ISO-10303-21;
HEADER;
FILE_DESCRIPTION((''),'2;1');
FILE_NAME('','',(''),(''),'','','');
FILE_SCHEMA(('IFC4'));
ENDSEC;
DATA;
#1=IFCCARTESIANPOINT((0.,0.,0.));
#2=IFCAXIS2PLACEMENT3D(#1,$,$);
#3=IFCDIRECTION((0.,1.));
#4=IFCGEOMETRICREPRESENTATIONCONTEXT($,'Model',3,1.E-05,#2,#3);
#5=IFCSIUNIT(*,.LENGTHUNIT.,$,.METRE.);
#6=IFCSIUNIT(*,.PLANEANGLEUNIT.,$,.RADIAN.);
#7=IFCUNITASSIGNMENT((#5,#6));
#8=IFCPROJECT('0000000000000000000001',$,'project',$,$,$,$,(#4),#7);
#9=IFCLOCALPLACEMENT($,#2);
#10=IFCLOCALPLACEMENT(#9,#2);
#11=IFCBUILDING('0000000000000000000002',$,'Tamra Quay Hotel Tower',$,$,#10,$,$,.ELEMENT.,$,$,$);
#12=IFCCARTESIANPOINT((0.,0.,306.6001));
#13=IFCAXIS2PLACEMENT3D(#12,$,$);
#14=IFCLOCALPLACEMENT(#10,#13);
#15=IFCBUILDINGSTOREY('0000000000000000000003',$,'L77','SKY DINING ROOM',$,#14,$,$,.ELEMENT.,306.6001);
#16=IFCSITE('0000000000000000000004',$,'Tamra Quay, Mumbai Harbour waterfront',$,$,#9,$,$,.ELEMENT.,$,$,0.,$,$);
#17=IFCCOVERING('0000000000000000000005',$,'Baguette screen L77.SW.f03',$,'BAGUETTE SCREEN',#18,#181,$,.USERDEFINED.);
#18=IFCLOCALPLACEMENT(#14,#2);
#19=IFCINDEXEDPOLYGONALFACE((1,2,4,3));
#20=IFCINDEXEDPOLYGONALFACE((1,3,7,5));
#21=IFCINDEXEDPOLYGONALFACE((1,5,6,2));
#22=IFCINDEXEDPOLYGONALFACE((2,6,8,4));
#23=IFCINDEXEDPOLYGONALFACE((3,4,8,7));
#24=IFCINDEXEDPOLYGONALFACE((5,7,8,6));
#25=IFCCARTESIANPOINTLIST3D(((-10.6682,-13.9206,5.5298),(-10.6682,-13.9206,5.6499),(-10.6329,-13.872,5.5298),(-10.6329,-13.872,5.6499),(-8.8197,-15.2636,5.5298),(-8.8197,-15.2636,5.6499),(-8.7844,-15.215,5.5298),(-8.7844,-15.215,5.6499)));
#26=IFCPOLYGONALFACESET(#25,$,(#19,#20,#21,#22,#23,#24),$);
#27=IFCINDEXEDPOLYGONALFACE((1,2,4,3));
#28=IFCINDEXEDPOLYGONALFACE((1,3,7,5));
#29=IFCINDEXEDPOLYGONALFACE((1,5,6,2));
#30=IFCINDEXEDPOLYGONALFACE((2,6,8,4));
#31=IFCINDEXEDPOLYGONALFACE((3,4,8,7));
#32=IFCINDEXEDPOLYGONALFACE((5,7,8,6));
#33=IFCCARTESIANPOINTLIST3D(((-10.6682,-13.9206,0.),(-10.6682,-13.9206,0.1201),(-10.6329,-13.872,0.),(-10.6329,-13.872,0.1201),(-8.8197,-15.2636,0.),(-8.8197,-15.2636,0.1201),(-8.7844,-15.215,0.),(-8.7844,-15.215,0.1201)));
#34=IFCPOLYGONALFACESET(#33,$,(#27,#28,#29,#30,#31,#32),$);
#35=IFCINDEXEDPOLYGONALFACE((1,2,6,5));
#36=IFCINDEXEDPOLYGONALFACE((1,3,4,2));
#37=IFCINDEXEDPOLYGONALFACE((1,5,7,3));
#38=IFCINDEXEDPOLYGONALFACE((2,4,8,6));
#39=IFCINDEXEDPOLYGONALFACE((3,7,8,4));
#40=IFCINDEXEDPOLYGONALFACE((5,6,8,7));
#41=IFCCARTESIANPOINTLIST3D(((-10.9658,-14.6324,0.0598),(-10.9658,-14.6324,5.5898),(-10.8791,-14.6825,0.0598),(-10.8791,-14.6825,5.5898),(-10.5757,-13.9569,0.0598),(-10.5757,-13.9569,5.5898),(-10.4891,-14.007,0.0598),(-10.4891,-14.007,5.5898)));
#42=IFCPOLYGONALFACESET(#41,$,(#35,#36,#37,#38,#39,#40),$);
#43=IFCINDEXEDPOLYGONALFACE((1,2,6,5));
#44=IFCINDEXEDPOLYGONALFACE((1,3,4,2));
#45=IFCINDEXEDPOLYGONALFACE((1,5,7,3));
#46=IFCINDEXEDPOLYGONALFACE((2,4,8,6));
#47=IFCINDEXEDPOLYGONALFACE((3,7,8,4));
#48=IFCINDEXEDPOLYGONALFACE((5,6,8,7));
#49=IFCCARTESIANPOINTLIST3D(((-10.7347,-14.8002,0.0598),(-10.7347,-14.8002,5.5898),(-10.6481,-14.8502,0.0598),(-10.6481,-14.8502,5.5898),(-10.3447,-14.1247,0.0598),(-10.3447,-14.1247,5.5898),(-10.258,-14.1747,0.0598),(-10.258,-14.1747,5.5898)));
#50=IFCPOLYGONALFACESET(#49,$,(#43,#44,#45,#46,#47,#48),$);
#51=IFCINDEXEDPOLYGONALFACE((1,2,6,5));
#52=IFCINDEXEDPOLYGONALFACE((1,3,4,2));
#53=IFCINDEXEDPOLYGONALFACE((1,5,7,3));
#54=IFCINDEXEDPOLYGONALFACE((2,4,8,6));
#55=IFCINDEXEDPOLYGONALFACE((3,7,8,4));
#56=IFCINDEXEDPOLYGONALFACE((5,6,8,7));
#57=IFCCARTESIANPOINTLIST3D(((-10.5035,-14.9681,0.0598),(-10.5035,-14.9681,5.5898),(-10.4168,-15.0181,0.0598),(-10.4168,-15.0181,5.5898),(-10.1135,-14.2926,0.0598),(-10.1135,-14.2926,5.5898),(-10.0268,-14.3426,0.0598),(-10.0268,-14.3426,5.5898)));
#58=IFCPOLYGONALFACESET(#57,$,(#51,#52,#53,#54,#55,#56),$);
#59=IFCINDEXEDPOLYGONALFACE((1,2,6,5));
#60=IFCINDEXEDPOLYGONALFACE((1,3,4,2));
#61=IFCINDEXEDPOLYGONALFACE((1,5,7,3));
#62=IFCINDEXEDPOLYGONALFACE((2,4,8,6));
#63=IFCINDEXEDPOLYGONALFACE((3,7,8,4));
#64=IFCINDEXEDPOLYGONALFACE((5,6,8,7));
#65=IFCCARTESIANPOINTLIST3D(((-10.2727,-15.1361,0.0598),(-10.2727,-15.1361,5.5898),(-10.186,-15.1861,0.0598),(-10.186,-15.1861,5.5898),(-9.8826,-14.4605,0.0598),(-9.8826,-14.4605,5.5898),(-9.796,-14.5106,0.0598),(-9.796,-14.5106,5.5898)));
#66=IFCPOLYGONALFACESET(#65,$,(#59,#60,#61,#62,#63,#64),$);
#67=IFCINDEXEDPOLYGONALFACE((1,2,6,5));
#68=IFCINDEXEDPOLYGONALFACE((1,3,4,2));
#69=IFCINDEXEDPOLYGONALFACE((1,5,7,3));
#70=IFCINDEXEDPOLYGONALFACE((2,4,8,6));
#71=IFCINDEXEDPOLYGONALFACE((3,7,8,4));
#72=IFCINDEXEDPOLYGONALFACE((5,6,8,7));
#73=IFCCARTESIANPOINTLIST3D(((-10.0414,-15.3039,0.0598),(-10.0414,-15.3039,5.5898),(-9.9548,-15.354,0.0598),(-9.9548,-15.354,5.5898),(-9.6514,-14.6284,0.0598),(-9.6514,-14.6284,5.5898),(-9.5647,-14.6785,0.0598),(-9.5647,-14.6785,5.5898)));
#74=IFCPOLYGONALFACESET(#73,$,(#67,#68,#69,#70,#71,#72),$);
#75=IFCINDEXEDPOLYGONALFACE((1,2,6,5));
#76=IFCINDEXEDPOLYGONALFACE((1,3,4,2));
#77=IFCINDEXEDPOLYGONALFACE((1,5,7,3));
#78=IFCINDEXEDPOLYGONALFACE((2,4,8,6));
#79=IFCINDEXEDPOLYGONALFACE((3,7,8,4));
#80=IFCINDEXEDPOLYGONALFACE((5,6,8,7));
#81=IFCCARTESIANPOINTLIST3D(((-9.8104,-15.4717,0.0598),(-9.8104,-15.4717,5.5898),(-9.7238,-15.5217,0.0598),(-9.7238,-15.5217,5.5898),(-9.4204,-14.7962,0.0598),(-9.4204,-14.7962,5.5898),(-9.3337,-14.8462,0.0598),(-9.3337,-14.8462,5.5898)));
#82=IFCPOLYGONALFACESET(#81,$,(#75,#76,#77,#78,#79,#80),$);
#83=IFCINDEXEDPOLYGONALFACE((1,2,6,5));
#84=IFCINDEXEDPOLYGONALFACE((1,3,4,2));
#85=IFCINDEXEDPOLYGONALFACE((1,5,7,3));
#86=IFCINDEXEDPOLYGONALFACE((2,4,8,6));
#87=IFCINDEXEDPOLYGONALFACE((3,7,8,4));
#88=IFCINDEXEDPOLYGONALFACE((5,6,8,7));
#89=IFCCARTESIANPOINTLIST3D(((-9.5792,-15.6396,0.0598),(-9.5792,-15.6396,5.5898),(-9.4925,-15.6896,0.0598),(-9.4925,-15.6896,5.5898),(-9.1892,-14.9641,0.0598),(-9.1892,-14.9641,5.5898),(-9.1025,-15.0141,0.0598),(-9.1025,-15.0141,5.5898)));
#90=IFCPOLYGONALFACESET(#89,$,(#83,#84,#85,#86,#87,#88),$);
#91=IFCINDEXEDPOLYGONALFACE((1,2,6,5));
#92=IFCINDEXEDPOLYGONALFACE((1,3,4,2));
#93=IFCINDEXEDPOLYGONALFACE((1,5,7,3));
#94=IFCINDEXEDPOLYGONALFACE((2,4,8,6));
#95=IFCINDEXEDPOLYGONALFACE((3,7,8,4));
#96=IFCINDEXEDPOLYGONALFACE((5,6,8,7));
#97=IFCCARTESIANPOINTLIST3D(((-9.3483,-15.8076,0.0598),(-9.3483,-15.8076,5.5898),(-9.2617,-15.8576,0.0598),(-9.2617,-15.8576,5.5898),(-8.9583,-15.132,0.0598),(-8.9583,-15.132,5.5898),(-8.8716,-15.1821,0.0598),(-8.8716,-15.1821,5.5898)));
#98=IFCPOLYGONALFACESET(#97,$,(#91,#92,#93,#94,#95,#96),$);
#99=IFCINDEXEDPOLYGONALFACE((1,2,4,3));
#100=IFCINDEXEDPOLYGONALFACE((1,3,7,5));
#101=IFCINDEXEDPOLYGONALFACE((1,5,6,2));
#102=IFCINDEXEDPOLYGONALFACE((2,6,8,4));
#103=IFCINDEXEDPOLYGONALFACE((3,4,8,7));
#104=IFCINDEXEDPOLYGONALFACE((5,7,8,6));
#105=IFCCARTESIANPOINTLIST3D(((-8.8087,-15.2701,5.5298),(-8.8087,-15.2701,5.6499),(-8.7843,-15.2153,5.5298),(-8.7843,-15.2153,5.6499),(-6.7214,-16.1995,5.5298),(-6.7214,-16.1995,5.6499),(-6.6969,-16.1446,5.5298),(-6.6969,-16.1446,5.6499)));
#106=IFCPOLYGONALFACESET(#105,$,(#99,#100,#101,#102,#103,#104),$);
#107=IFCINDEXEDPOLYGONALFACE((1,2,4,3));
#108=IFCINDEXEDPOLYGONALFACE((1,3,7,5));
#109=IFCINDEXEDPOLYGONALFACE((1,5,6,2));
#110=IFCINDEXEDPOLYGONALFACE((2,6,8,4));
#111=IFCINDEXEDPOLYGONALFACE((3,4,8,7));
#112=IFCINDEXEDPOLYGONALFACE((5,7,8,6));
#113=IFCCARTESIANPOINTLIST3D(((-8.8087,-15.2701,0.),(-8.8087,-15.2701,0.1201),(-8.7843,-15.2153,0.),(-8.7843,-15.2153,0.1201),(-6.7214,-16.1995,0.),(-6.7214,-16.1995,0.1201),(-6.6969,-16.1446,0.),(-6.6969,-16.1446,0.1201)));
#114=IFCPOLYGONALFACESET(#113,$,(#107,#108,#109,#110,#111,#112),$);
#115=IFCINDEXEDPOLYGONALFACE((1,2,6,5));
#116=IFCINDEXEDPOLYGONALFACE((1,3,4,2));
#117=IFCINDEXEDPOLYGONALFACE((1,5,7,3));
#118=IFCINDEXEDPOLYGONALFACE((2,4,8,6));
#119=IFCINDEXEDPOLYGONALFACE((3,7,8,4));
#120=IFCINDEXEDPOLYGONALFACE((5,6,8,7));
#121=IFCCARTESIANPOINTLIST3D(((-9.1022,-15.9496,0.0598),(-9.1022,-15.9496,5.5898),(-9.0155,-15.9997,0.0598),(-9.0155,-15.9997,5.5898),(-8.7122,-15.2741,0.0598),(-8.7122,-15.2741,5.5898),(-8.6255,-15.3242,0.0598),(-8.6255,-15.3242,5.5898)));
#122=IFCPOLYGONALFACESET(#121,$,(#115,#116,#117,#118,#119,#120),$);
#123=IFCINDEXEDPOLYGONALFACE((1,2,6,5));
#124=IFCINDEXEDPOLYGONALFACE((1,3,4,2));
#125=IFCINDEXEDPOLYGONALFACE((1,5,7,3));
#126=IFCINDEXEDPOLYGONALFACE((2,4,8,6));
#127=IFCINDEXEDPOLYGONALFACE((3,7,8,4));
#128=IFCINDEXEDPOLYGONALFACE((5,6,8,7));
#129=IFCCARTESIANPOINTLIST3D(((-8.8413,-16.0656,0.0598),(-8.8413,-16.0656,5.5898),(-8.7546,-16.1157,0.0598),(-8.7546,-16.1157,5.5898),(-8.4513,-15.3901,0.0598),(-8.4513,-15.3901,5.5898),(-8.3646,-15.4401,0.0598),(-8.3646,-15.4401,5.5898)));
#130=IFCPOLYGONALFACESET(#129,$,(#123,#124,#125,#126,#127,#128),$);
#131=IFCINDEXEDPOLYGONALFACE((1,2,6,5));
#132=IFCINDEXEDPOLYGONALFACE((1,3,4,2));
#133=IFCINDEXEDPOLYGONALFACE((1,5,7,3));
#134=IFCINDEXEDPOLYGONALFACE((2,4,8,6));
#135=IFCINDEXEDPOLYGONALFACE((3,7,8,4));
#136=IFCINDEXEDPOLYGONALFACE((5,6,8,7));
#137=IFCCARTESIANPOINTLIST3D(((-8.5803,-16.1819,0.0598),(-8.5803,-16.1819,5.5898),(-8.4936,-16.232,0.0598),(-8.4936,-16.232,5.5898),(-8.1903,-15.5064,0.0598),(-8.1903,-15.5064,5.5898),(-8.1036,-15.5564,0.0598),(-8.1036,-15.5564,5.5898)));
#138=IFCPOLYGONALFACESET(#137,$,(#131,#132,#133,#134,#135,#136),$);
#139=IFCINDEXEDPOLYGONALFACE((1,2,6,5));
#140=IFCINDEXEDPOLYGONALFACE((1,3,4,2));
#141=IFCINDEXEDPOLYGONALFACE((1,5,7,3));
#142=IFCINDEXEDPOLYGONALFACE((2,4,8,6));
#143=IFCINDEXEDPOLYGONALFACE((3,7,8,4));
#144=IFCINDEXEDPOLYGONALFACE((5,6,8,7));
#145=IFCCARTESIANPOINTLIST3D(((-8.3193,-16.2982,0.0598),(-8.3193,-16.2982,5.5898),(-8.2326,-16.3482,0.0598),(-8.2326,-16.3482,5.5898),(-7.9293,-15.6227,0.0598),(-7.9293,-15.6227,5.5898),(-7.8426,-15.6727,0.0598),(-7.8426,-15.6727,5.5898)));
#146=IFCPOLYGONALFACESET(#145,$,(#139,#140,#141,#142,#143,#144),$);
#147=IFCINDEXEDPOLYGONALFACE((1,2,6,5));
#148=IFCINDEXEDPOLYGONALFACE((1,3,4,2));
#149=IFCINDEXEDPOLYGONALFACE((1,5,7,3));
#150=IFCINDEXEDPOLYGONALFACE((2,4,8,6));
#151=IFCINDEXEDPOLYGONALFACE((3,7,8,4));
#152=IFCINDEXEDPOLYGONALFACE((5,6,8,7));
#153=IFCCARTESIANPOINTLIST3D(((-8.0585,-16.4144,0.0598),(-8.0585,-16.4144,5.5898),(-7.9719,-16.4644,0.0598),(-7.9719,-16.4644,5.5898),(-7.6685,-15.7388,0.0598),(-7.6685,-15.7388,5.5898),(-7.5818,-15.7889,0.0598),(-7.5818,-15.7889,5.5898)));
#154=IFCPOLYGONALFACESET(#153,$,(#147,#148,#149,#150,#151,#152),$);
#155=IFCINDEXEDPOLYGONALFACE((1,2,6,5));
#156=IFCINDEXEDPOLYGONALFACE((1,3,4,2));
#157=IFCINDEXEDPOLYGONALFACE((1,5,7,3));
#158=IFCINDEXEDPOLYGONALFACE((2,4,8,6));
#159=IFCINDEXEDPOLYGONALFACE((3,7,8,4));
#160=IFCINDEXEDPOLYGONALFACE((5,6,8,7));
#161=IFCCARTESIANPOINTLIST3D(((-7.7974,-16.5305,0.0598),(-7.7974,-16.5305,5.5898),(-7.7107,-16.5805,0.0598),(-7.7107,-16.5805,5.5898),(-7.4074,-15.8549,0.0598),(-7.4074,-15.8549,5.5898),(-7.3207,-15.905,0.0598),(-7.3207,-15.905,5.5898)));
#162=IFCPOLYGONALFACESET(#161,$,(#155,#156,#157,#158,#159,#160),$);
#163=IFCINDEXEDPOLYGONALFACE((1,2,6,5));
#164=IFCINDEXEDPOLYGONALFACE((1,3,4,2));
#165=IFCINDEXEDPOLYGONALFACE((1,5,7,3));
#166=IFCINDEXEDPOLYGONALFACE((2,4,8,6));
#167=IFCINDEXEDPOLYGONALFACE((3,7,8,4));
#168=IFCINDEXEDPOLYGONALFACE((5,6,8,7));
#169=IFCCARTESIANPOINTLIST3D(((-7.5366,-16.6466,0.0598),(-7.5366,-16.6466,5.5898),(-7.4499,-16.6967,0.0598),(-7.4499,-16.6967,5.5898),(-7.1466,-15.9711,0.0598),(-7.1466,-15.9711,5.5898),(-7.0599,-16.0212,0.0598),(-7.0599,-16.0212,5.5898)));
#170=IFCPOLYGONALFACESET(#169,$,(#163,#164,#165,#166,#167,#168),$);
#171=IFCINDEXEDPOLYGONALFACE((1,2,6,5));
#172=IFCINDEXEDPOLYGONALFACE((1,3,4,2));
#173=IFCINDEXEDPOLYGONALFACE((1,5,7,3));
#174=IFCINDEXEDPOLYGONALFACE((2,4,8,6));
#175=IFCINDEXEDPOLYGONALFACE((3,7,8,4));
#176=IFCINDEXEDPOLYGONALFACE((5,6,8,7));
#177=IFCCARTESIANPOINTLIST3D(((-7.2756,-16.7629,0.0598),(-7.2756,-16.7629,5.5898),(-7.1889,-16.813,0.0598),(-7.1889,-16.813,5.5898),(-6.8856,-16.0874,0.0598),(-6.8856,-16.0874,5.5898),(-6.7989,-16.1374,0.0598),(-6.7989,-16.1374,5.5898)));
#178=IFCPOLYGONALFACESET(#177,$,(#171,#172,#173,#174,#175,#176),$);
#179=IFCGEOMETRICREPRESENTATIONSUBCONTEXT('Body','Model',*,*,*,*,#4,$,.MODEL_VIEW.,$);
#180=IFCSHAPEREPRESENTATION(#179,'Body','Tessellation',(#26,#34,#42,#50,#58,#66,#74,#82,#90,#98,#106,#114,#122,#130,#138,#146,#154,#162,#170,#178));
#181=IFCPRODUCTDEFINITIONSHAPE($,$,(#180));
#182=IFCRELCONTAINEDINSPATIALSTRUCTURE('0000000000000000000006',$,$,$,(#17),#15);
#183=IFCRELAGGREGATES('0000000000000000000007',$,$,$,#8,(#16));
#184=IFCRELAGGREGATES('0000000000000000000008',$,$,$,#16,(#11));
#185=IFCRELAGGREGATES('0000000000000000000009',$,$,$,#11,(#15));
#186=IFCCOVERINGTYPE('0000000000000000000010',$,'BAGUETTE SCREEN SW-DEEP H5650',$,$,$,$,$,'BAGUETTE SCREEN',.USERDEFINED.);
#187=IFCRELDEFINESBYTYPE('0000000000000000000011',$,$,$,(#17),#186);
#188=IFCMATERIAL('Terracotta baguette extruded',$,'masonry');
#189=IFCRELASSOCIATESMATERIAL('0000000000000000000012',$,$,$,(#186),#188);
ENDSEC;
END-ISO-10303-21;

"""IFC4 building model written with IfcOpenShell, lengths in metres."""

from ifc_helpers import new_model, si_unit, direction, frame, frame_2d, origin, place, context, subcontext, project, spatial, rectangle, extrude, source, transform, mapped, material, type_object, element, save


model = new_model("IFC4")

# Units and contexts
model_context = context("Model", 3, precision=1e-05, world=origin(), true_north=direction((0.0, 1.0)))
body_context = subcontext(model_context, "Body", "Model", "MODEL_VIEW")
ifc_project = project(units=[si_unit("LENGTHUNIT", "METRE"), si_unit("PLANEANGLEUNIT", "RADIAN")], contexts=[model_context])

# Site, building, storey
site_placement = place(None, origin())
site = spatial("IfcSite", under=ifc_project, at=site_placement, Name="Tamra Quay, Mumbai Harbour waterfront", CompositionType="ELEMENT", RefElevation=0.0)
building_placement = place(site_placement, origin())
building = spatial("IfcBuilding", under=site, at=building_placement, Name="Tamra Quay Hotel Tower", CompositionType="ELEMENT")
storey_placement = place(building_placement, frame((0.0, 0.0, 306.6001)))
storey = spatial("IfcBuildingStorey", under=building, at=storey_placement, Name="L77", Description="SKY DINING ROOM", CompositionType="ELEMENT", Elevation=306.6001)

# Covering
ifc_material_1 = material(Name="Terracotta baguette extruded", Category="masonry")
covering_type_1 = type_object("IfcCoveringType", Name="BAGUETTE SCREEN SW-DEEP H5650", ElementType="BAGUETTE SCREEN", PredefinedType="USERDEFINED", material=ifc_material_1)
shared_shape_1 = source(origin(), body_context, "Body", "SweptSolid", [
    extrude(rectangle(XDim=2.2849, YDim=0.0601, at=frame_2d((1.1426, 0.03))), frame((-2.2788, -0.0576, -0.1201), z_axis=(0.0, 0.0, 1.0), x_axis=(0.994522, -0.104528, 0.0)), (0.0, 0.0, 1.0), 0.1201),
    extrude(rectangle(XDim=2.2849, YDim=0.0601, at=frame_2d((1.1426, 0.03))), frame((-2.2788, -0.0576, -5.6499), z_axis=(0.0, 0.0, 1.0), x_axis=(0.994522, -0.104528, 0.0)), (0.0, 0.0, 1.0), 0.1201),
    extrude(rectangle(XDim=0.1001, YDim=0.78, at=frame_2d((0.05, 0.3901))), frame((-2.1804, -0.823, -5.5901)), (0.0, 0.0, 1.0), 5.53),
    extrude(rectangle(XDim=0.1001, YDim=0.78, at=frame_2d((0.05, 0.3901))), frame((-1.8965, -0.8528, -5.5901)), (0.0, 0.0, 1.0), 5.53),
    extrude(rectangle(XDim=0.1001, YDim=0.78, at=frame_2d((0.05, 0.3901))), frame((-1.6123, -0.8826, -5.5901)), (0.0, 0.0, 1.0), 5.53),
    extrude(rectangle(XDim=0.1001, YDim=0.78, at=frame_2d((0.05, 0.3901))), frame((-1.3284, -0.9126, -5.5901)), (0.0, 0.0, 1.0), 5.53),
    extrude(rectangle(XDim=0.1001, YDim=0.78, at=frame_2d((0.05, 0.3901))), frame((-1.0442, -0.9424, -5.5901)), (0.0, 0.0, 1.0), 5.53),
    extrude(rectangle(XDim=0.1001, YDim=0.78, at=frame_2d((0.05, 0.3901))), frame((-0.7603, -0.9722, -5.5901)), (0.0, 0.0, 1.0), 5.53),
    extrude(rectangle(XDim=0.1001, YDim=0.78, at=frame_2d((0.05, 0.3901))), frame((-0.4761, -1.002, -5.5901)), (0.0, 0.0, 1.0), 5.53),
    extrude(rectangle(XDim=0.1001, YDim=0.78, at=frame_2d((0.05, 0.3901))), frame((-0.1921, -1.032, -5.5901)), (0.0, 0.0, 1.0), 5.53),
    extrude(rectangle(XDim=2.2849, YDim=0.0601, at=frame_2d((1.1426, 0.03))), frame((0.0063, -0.2966, -0.1201), z_axis=(0.0, 0.0, 1.0), x_axis=(0.994522, 0.104528, 0.0)), (0.0, 0.0, 1.0), 0.1201),
    extrude(rectangle(XDim=2.2849, YDim=0.0601, at=frame_2d((1.1426, 0.03))), frame((0.0063, -0.2966, -5.6499), z_axis=(0.0, 0.0, 1.0), x_axis=(0.994522, 0.104528, 0.0)), (0.0, 0.0, 1.0), 0.1201),
    extrude(rectangle(XDim=0.1001, YDim=0.78, at=frame_2d((0.05, 0.3901))), frame((0.092, -1.032, -5.5901)), (0.0, 0.0, 1.0), 5.53),
    extrude(rectangle(XDim=0.1001, YDim=0.78, at=frame_2d((0.05, 0.3901))), frame((0.376, -1.002, -5.5901)), (0.0, 0.0, 1.0), 5.53),
    extrude(rectangle(XDim=0.1001, YDim=0.78, at=frame_2d((0.05, 0.3901))), frame((0.6602, -0.9722, -5.5901)), (0.0, 0.0, 1.0), 5.53),
    extrude(rectangle(XDim=0.1001, YDim=0.78, at=frame_2d((0.05, 0.3901))), frame((0.9443, -0.9424, -5.5901)), (0.0, 0.0, 1.0), 5.53),
    extrude(rectangle(XDim=0.1001, YDim=0.78, at=frame_2d((0.05, 0.3901))), frame((1.2283, -0.9126, -5.5901)), (0.0, 0.0, 1.0), 5.53),
    extrude(rectangle(XDim=0.1001, YDim=0.78, at=frame_2d((0.05, 0.3901))), frame((1.5125, -0.8826, -5.5901)), (0.0, 0.0, 1.0), 5.53),
    extrude(rectangle(XDim=0.1001, YDim=0.78, at=frame_2d((0.05, 0.3901))), frame((1.7964, -0.8528, -5.5901)), (0.0, 0.0, 1.0), 5.53),
    extrude(rectangle(XDim=0.1001, YDim=0.78, at=frame_2d((0.05, 0.3901))), frame((2.0806, -0.823, -5.5901)), (0.0, 0.0, 1.0), 5.53),
])
for number, where, z_axis, x_axis, name in (
    (1, (-8.666, -15.01, 5.6499), (0.0, 0.0, 1.0), (0.866025, -0.5, 0.0), "Baguette screen L77.SW.f03"),
):
    element("IfcCovering", number, at=place(storey_placement, frame(where, z_axis=z_axis, x_axis=x_axis)), inside=storey, type_object=covering_type_1, Name=name, ObjectType="BAGUETTE SCREEN", PredefinedType="USERDEFINED", context=body_context, shape_type="MappedRepresentation", body=[
        mapped(shared_shape_1, transform((0.0, 0.0, 0.0), scale=1.0)),
    ])

save(model, "model.ifc")
